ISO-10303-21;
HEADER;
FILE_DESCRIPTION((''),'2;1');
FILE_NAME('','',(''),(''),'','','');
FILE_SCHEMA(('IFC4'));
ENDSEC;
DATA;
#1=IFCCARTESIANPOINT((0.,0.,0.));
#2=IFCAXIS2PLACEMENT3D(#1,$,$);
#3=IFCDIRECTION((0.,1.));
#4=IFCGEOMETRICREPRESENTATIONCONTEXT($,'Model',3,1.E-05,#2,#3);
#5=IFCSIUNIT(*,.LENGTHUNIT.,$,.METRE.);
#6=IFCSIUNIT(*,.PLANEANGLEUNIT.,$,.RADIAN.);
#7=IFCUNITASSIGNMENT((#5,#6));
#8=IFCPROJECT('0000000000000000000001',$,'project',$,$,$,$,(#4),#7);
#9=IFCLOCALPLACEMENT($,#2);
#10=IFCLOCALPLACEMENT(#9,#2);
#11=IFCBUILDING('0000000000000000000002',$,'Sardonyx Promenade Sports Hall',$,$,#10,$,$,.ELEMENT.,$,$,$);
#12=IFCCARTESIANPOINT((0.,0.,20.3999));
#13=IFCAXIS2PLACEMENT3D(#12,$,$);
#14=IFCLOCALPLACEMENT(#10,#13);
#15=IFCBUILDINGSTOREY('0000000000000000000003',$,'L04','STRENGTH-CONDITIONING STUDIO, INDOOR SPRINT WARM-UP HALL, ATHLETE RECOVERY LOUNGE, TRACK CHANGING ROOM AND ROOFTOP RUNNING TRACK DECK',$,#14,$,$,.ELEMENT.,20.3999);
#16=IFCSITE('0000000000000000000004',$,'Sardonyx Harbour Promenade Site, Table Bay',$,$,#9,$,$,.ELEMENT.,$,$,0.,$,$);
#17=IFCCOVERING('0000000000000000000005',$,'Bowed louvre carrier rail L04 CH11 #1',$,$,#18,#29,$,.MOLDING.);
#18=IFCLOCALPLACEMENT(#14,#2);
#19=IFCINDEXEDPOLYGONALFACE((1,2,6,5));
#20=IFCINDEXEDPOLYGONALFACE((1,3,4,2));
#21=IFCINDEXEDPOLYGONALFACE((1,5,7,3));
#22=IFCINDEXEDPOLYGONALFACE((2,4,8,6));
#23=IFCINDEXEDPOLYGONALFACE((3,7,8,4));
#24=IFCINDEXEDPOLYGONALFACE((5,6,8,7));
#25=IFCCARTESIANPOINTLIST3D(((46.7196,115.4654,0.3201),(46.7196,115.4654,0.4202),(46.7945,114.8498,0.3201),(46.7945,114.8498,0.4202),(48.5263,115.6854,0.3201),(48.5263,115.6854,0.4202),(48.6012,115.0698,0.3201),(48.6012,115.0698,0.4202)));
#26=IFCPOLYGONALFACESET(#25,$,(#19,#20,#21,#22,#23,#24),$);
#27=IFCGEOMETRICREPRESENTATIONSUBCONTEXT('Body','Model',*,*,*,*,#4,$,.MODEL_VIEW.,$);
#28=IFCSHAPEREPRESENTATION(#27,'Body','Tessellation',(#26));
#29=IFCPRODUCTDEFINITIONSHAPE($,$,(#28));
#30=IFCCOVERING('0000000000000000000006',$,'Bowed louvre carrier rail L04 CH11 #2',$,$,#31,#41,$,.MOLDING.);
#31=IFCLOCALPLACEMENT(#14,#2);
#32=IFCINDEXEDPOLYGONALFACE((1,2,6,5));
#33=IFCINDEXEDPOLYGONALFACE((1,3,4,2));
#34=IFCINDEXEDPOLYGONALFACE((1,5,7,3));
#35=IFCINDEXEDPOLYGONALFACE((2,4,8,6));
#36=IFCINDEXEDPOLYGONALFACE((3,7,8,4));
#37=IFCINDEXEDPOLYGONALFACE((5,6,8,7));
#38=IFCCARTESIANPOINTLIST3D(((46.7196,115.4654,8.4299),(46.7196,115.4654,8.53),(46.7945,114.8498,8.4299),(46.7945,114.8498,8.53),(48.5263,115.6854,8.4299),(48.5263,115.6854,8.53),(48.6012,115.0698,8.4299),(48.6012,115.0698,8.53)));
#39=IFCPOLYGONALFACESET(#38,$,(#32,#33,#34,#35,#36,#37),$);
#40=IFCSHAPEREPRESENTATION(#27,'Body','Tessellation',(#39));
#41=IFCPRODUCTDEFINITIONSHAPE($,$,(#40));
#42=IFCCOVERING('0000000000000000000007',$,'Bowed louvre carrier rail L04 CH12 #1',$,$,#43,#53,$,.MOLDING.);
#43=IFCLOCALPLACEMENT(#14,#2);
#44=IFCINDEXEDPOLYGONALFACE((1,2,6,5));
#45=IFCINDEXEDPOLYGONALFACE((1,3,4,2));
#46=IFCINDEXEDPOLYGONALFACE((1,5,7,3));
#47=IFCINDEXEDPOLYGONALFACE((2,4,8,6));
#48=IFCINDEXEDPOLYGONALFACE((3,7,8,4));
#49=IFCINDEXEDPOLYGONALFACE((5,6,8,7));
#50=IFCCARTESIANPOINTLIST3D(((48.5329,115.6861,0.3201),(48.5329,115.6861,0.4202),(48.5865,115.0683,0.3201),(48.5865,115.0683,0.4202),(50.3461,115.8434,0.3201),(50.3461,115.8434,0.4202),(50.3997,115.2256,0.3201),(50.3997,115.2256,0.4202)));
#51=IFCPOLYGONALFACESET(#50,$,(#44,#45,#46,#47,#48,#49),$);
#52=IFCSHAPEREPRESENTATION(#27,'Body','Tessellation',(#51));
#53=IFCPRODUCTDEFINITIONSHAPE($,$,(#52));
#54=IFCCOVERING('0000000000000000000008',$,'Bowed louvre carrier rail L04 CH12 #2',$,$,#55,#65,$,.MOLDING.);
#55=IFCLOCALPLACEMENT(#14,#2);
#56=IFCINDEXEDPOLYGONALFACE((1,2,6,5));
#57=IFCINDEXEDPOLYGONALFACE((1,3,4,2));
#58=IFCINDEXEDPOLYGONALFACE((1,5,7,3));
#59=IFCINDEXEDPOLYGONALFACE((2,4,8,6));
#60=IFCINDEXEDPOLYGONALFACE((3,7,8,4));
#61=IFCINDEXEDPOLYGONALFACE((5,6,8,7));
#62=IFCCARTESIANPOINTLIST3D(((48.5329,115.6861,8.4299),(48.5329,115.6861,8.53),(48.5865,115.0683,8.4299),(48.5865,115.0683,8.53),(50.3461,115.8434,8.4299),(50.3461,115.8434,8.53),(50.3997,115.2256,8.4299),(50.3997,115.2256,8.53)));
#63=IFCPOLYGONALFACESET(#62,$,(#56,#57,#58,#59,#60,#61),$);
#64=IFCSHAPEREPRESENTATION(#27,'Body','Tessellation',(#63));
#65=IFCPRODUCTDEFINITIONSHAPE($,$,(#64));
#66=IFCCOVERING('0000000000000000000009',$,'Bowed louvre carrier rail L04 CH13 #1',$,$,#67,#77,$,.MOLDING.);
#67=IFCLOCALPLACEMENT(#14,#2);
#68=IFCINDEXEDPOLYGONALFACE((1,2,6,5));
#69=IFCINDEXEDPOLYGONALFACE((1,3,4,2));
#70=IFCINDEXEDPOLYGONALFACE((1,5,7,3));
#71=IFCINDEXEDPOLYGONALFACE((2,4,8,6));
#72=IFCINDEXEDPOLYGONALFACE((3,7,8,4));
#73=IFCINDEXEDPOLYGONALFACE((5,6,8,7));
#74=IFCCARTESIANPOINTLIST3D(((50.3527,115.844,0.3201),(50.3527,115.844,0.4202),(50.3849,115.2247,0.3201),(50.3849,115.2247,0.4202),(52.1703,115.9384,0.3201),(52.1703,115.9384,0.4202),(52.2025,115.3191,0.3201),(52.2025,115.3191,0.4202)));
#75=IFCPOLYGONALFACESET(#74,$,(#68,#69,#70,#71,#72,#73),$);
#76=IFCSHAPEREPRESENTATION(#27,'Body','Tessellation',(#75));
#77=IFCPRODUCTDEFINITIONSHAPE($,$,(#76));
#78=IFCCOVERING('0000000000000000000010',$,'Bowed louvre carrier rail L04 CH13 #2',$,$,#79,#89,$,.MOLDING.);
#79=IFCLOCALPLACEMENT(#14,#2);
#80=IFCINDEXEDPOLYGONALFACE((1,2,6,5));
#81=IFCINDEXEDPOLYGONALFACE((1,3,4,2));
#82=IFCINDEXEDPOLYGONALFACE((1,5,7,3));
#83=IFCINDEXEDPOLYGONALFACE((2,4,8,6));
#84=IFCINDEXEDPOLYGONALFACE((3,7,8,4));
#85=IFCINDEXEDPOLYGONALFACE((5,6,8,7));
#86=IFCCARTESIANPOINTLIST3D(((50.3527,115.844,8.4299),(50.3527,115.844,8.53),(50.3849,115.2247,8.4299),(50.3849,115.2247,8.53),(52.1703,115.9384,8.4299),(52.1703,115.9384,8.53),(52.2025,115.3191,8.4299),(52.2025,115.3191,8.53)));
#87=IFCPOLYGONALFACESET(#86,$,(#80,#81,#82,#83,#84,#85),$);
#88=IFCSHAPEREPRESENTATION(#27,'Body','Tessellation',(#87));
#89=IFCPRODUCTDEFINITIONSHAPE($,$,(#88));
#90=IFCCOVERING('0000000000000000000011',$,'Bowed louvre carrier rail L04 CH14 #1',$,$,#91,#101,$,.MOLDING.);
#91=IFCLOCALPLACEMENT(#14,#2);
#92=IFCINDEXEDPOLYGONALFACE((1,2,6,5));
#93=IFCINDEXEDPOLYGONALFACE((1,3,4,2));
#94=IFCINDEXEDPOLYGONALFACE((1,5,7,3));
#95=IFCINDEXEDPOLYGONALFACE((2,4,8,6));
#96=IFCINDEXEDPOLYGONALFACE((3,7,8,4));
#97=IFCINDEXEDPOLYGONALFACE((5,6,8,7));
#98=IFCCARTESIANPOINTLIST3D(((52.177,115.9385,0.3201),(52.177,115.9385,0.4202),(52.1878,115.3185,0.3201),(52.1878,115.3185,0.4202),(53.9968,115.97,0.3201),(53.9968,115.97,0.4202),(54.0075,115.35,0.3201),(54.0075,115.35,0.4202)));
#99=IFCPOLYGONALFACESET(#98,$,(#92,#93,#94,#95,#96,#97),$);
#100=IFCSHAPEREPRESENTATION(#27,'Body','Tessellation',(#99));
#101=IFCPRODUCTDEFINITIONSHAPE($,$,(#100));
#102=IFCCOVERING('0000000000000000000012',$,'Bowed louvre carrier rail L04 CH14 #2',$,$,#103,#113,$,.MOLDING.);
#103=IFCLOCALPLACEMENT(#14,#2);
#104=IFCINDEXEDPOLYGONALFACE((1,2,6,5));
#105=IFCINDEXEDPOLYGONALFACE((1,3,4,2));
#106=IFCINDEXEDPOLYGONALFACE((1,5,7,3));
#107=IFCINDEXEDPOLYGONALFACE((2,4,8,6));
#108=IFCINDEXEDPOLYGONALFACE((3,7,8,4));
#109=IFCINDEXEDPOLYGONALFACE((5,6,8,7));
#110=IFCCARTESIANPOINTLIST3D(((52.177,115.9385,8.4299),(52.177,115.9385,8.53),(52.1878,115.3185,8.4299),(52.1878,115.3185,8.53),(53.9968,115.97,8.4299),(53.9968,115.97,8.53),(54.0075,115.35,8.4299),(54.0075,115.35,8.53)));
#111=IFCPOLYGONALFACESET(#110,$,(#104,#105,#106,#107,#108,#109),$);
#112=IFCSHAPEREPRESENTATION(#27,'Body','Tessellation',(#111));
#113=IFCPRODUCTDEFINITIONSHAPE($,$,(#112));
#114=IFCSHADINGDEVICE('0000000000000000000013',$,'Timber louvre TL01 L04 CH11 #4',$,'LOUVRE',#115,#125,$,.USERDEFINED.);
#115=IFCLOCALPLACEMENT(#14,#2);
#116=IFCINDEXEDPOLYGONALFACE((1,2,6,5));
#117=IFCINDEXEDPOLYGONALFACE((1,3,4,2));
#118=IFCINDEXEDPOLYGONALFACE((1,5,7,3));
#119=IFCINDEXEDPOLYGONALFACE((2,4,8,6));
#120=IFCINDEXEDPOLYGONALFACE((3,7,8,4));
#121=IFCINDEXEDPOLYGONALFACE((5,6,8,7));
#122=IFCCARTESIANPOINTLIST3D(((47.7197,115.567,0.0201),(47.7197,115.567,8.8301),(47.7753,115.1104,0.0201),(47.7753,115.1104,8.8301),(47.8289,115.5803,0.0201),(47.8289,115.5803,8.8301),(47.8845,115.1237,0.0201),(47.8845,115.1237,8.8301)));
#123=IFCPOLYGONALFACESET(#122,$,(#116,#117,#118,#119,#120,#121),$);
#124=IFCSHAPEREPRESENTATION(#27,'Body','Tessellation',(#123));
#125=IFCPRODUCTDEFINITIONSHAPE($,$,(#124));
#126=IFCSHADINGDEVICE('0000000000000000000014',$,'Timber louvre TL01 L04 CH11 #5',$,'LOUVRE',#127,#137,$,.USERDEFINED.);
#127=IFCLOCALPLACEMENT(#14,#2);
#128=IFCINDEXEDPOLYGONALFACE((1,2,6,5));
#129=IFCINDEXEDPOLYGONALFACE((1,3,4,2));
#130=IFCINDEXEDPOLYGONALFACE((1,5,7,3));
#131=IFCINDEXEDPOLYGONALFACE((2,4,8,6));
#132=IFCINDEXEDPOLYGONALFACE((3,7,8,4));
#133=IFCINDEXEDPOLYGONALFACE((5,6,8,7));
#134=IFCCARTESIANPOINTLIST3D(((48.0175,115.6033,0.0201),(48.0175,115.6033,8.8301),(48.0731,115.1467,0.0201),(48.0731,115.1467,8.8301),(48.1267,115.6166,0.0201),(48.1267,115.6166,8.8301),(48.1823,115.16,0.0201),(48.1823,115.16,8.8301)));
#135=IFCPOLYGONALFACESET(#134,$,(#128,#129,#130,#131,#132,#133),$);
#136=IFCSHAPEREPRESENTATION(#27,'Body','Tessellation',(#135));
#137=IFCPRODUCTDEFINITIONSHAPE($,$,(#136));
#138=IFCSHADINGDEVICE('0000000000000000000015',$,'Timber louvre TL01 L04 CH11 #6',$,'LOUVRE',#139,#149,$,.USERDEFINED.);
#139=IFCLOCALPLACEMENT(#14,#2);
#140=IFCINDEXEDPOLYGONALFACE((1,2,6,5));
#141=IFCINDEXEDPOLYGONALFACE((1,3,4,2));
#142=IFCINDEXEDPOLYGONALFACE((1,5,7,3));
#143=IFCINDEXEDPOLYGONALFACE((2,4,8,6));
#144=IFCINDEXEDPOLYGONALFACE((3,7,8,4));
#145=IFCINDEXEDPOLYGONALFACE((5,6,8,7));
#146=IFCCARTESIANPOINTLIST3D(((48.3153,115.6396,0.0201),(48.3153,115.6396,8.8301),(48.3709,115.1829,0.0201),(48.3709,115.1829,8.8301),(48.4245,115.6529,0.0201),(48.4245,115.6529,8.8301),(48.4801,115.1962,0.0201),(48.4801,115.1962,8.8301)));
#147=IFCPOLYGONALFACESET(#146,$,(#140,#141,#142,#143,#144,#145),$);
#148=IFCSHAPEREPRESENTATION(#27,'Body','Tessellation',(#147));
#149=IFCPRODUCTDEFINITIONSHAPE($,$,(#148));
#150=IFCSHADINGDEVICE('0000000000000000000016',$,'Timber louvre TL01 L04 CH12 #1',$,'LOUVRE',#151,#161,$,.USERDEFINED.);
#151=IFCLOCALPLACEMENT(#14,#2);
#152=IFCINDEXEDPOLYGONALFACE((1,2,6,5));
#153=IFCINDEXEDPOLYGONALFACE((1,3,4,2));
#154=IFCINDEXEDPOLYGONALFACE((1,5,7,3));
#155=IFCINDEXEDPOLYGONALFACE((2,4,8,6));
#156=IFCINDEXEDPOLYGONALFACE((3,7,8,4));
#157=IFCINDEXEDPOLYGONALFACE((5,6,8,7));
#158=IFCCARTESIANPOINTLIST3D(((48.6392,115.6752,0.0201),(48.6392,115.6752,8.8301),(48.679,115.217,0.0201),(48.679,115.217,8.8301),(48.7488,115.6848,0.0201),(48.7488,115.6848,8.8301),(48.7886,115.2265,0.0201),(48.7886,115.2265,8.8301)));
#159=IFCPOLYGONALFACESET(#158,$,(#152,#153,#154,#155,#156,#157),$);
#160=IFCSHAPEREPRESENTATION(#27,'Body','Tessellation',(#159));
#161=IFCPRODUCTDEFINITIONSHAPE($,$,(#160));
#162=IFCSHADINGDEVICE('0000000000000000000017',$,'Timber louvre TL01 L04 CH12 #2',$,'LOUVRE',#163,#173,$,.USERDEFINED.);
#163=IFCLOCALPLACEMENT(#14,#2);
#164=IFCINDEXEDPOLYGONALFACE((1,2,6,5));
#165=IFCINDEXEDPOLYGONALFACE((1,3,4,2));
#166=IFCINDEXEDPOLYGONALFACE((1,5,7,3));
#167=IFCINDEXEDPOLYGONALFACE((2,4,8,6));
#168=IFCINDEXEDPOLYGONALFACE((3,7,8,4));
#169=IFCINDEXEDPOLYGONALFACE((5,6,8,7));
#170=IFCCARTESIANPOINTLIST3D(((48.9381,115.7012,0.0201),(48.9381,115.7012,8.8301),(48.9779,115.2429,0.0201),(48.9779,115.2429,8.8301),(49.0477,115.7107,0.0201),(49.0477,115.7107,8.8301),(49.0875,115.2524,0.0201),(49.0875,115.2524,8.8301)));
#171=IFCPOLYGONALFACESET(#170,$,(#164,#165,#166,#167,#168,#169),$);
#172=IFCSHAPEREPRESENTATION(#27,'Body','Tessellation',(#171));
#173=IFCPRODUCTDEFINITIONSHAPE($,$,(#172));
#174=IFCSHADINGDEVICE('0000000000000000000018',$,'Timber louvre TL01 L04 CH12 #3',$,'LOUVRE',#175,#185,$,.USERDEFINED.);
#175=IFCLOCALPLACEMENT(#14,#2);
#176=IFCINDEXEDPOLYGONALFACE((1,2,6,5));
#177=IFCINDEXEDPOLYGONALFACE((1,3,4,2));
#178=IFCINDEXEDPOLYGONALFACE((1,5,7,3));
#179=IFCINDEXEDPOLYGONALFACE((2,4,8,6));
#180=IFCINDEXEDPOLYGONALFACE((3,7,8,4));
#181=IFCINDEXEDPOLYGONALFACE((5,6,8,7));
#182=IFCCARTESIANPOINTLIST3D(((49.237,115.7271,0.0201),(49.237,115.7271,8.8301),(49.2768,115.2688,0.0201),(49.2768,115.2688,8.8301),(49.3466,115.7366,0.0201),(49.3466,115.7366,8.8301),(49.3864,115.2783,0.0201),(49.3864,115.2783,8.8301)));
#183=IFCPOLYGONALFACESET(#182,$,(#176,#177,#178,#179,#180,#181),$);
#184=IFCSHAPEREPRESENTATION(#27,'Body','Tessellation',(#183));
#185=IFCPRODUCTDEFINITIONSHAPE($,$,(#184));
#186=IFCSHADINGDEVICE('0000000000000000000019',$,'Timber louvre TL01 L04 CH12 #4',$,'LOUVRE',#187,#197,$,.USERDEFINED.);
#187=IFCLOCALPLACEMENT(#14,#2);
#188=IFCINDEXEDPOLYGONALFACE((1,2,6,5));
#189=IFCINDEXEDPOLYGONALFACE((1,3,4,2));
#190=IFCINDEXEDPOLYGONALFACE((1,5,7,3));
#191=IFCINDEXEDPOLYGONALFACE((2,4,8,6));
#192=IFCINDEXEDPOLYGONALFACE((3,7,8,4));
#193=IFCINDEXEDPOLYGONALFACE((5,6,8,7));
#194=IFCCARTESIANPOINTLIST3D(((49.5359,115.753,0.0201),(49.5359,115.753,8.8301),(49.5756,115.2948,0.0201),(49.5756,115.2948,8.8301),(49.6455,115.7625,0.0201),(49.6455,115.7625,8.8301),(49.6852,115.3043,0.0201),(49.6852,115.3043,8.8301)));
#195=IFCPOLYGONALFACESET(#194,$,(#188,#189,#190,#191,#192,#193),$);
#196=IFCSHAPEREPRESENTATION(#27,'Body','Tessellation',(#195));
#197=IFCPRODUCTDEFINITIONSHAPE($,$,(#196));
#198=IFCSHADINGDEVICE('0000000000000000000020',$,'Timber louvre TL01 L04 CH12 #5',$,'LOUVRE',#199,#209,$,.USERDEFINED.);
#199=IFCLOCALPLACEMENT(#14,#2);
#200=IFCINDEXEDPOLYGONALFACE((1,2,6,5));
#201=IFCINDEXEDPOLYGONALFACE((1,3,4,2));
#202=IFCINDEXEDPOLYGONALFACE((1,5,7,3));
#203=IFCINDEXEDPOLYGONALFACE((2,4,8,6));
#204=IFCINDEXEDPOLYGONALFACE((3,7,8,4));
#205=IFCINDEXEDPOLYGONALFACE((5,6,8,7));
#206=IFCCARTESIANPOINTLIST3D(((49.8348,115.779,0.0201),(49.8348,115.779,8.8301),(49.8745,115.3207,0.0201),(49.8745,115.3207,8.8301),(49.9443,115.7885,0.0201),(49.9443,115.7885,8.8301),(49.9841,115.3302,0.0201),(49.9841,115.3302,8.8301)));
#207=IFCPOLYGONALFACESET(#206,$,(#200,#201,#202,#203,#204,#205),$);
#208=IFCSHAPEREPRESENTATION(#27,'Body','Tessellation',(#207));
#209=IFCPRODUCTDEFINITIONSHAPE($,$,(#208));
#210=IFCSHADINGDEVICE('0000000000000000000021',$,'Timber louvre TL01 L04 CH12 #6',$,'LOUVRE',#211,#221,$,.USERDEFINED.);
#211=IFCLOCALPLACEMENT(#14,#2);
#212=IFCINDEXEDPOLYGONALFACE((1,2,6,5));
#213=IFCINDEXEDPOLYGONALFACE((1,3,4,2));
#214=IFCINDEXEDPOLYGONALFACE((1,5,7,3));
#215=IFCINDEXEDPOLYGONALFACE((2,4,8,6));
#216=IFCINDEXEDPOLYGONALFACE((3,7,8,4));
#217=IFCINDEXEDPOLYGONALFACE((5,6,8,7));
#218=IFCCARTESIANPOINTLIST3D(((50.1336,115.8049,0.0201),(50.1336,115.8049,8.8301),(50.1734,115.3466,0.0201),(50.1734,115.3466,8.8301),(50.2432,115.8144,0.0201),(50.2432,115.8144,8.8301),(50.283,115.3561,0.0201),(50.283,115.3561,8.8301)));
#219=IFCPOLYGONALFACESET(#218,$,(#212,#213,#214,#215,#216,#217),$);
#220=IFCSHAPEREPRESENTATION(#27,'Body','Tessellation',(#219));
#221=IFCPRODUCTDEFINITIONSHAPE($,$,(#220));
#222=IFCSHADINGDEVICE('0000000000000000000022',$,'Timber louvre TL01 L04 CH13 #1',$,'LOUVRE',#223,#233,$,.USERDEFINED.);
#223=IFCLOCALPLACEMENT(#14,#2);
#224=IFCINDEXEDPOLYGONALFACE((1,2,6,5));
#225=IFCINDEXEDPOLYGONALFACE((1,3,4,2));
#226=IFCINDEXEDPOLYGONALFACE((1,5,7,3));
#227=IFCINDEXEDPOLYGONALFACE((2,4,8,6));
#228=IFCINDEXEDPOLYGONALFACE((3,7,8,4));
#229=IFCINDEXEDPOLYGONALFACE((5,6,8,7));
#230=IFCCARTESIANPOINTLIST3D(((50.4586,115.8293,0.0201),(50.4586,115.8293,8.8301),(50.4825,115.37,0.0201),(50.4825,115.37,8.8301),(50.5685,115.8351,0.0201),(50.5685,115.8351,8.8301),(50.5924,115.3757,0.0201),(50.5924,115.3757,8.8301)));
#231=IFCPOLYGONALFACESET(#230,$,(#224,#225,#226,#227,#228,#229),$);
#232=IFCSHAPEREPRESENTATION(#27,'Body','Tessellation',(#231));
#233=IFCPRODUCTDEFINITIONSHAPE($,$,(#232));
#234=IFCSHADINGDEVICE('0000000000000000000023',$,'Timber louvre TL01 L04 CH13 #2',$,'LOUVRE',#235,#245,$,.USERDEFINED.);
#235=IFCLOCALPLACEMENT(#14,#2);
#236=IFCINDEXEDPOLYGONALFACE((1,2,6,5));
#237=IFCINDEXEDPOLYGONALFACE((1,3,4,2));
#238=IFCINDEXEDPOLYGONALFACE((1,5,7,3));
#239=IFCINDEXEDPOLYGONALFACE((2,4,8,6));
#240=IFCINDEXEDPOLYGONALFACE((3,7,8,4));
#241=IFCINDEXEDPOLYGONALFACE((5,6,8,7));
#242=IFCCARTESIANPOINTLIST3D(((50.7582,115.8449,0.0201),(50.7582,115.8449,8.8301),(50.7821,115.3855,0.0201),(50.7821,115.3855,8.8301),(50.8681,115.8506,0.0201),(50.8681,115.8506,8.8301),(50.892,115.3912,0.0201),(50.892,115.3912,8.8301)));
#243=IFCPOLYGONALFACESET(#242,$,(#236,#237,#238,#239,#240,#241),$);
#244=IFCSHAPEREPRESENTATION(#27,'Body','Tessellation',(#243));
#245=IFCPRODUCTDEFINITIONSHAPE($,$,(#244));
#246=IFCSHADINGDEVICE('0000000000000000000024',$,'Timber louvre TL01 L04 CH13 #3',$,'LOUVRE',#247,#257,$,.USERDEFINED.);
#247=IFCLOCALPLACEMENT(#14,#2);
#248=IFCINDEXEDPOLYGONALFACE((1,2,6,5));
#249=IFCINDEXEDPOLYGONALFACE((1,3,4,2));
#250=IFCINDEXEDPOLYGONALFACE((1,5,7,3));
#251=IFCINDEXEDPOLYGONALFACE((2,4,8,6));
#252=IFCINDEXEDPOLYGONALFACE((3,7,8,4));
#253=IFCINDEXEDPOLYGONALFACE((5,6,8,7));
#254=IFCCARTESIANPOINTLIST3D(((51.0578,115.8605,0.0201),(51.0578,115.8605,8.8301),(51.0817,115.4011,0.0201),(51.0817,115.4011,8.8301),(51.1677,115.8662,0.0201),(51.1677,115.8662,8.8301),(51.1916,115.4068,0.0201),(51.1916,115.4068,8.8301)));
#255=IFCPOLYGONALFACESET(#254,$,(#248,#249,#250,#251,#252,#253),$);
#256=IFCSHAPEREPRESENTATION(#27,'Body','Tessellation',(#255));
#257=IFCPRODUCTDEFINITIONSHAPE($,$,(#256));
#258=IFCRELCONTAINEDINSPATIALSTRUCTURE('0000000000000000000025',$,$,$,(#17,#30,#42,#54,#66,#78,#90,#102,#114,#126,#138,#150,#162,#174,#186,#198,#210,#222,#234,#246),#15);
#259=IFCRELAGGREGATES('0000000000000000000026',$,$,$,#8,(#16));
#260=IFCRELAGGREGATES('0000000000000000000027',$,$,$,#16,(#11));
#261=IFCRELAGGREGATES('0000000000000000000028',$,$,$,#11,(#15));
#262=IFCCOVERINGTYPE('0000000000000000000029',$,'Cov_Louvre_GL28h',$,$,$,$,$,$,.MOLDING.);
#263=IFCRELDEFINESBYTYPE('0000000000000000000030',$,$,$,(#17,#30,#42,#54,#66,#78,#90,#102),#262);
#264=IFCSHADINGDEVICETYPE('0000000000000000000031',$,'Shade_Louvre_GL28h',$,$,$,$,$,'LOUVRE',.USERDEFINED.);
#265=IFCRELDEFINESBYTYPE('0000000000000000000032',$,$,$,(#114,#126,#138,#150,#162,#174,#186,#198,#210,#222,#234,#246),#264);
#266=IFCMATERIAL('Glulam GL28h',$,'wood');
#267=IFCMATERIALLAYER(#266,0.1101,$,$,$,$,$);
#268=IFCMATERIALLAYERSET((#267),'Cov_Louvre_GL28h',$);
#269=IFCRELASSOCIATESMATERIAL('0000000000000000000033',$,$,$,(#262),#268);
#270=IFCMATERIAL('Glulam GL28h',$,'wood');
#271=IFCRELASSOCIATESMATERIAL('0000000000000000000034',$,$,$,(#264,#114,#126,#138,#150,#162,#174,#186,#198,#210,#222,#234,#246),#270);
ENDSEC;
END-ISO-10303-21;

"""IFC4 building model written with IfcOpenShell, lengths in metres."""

from ifc_helpers import new_model, si_unit, direction, frame, origin, origin_2d, place, context, subcontext, project, spatial, rectangle, extrude, material, layer, layer_set, type_object, element, save


model = new_model("IFC4")

# Units and contexts
model_context = context("Model", 3, precision=1e-05, world=origin(), true_north=direction((0.0, 1.0)))
body_context = subcontext(model_context, "Body", "Model", "MODEL_VIEW")
ifc_project = project(units=[si_unit("LENGTHUNIT", "METRE"), si_unit("PLANEANGLEUNIT", "RADIAN")], contexts=[model_context])

# Site, building, storey
site_placement = place(None, origin())
site = spatial("IfcSite", under=ifc_project, at=site_placement, Name="Sardonyx Harbour Promenade Site, Table Bay", CompositionType="ELEMENT", RefElevation=0.0)
building_placement = place(site_placement, origin())
building = spatial("IfcBuilding", under=site, at=building_placement, Name="Sardonyx Promenade Sports Hall", CompositionType="ELEMENT")
storey_placement = place(building_placement, frame((0.0, 0.0, 20.3999)))
storey = spatial("IfcBuildingStorey", under=building, at=storey_placement, Name="L04", Description="STRENGTH-CONDITIONING STUDIO, INDOOR SPRINT WARM-UP HALL, ATHLETE RECOVERY LOUNGE, TRACK CHANGING ROOM AND ROOFTOP RUNNING TRACK DECK", CompositionType="ELEMENT", Elevation=20.3999)

# Coverings
ifc_material_1 = material(Name="Glulam GL28h", Category="wood")
ifc_layer = layer(ifc_material_1, 0.1101)
ifc_layer_set = layer_set([ifc_layer], Name="Cov_Louvre_GL28h")
covering_type = type_object("IfcCoveringType", Name="Cov_Louvre_GL28h", PredefinedType="MOLDING", material=ifc_layer_set)
for number, where, z_axis, x_axis, name in (
    (1, (47.6604, 115.2676, 0.3201), (0.0, 0.0, 1.0), (0.992669, 0.120863, 0.0), "Bowed louvre carrier rail L04 CH11 #1"),
    (2, (47.6604, 115.2676, 8.4299), (0.0, 0.0, 1.0), (0.992669, 0.120863, 0.0), "Bowed louvre carrier rail L04 CH11 #2"),
    (3, (49.4663, 115.4558, 0.3201), (0.0, 0.0, 1.0), (0.996258, 0.086434, 0.0), "Bowed louvre carrier rail L04 CH12 #1"),
    (4, (49.4663, 115.4558, 8.4299), (0.0, 0.0, 1.0), (0.996258, 0.086434, 0.0), "Bowed louvre carrier rail L04 CH12 #2"),
    (5, (51.2776, 115.5815, 0.3201), (0.0, 0.0, 1.0), (0.998652, 0.051902, 0.0), "Bowed louvre carrier rail L04 CH13 #1"),
    (6, (51.2776, 115.5815, 8.4299), (0.0, 0.0, 1.0), (0.998652, 0.051902, 0.0), "Bowed louvre carrier rail L04 CH13 #2"),
    (7, (53.0923, 115.6443, 0.3201), (0.0, 0.0, 1.0), (0.99985, 0.017308, 0.0), "Bowed louvre carrier rail L04 CH14 #1"),
    (8, (53.0923, 115.6443, 8.4299), (0.0, 0.0, 1.0), (0.99985, 0.017308, 0.0), "Bowed louvre carrier rail L04 CH14 #2"),
):
    element("IfcCovering", number, at=place(storey_placement, frame(where, z_axis=z_axis, x_axis=x_axis)), inside=storey, type_object=covering_type, Name=name, PredefinedType="MOLDING", context=body_context, shape_type="SweptSolid", body=[
        extrude(rectangle(XDim=1.8201, YDim=0.6201, at=origin_2d()), origin(), (0.0, 0.0, 1.0), 0.1001),
    ])

# Shading devices
ifc_material_2 = material(Name="Glulam GL28h", Category="wood")
shading_device_type = type_object("IfcShadingDeviceType", Name="Shade_Louvre_GL28h", ElementType="LOUVRE", PredefinedType="USERDEFINED", material=ifc_material_2)
for number, where, z_axis, x_axis, name in (
    (9, (47.8021, 115.3454, 0.0201), (0.0, 0.0, 1.0), (0.992669, 0.120863, 0.0), "Timber louvre TL01 L04 CH11 #4"),
    (10, (48.0999, 115.3816, 0.0201), (0.0, 0.0, 1.0), (0.992669, 0.120863, 0.0), "Timber louvre TL01 L04 CH11 #5"),
    (11, (48.3977, 115.4179, 0.0201), (0.0, 0.0, 1.0), (0.992669, 0.120863, 0.0), "Timber louvre TL01 L04 CH11 #6"),
    (12, (48.7139, 115.4509, 0.0201), (0.0, 0.0, 1.0), (0.996258, 0.086434, 0.0), "Timber louvre TL01 L04 CH12 #1"),
    (13, (49.0128, 115.4768, 0.0201), (0.0, 0.0, 1.0), (0.996258, 0.086434, 0.0), "Timber louvre TL01 L04 CH12 #2"),
    (14, (49.3117, 115.5027, 0.0201), (0.0, 0.0, 1.0), (0.996258, 0.086434, 0.0), "Timber louvre TL01 L04 CH12 #3"),
    (15, (49.6106, 115.5286, 0.0201), (0.0, 0.0, 1.0), (0.996258, 0.086434, 0.0), "Timber louvre TL01 L04 CH12 #4"),
    (16, (49.9094, 115.5546, 0.0201), (0.0, 0.0, 1.0), (0.996258, 0.086434, 0.0), "Timber louvre TL01 L04 CH12 #5"),
    (17, (50.2083, 115.5805, 0.0201), (0.0, 0.0, 1.0), (0.996258, 0.086434, 0.0), "Timber louvre TL01 L04 CH12 #6"),
    (18, (50.5255, 115.6025, 0.0201), (0.0, 0.0, 1.0), (0.998652, 0.051902, 0.0), "Timber louvre TL01 L04 CH13 #1"),
    (19, (50.8251, 115.6181, 0.0201), (0.0, 0.0, 1.0), (0.998652, 0.051902, 0.0), "Timber louvre TL01 L04 CH13 #2"),
    (20, (51.1247, 115.6336, 0.0201), (0.0, 0.0, 1.0), (0.998652, 0.051902, 0.0), "Timber louvre TL01 L04 CH13 #3"),
):
    element("IfcShadingDevice", number, at=place(storey_placement, frame(where, z_axis=z_axis, x_axis=x_axis)), inside=storey, type_object=shading_device_type, material=ifc_material_2, Name=name, ObjectType="LOUVRE", PredefinedType="USERDEFINED", context=body_context, shape_type="SweptSolid", body=[
        extrude(rectangle(XDim=0.11, YDim=0.46), origin(), (0.0, 0.0, 1.0), 8.81),
    ])

save(model, "model.ifc")
